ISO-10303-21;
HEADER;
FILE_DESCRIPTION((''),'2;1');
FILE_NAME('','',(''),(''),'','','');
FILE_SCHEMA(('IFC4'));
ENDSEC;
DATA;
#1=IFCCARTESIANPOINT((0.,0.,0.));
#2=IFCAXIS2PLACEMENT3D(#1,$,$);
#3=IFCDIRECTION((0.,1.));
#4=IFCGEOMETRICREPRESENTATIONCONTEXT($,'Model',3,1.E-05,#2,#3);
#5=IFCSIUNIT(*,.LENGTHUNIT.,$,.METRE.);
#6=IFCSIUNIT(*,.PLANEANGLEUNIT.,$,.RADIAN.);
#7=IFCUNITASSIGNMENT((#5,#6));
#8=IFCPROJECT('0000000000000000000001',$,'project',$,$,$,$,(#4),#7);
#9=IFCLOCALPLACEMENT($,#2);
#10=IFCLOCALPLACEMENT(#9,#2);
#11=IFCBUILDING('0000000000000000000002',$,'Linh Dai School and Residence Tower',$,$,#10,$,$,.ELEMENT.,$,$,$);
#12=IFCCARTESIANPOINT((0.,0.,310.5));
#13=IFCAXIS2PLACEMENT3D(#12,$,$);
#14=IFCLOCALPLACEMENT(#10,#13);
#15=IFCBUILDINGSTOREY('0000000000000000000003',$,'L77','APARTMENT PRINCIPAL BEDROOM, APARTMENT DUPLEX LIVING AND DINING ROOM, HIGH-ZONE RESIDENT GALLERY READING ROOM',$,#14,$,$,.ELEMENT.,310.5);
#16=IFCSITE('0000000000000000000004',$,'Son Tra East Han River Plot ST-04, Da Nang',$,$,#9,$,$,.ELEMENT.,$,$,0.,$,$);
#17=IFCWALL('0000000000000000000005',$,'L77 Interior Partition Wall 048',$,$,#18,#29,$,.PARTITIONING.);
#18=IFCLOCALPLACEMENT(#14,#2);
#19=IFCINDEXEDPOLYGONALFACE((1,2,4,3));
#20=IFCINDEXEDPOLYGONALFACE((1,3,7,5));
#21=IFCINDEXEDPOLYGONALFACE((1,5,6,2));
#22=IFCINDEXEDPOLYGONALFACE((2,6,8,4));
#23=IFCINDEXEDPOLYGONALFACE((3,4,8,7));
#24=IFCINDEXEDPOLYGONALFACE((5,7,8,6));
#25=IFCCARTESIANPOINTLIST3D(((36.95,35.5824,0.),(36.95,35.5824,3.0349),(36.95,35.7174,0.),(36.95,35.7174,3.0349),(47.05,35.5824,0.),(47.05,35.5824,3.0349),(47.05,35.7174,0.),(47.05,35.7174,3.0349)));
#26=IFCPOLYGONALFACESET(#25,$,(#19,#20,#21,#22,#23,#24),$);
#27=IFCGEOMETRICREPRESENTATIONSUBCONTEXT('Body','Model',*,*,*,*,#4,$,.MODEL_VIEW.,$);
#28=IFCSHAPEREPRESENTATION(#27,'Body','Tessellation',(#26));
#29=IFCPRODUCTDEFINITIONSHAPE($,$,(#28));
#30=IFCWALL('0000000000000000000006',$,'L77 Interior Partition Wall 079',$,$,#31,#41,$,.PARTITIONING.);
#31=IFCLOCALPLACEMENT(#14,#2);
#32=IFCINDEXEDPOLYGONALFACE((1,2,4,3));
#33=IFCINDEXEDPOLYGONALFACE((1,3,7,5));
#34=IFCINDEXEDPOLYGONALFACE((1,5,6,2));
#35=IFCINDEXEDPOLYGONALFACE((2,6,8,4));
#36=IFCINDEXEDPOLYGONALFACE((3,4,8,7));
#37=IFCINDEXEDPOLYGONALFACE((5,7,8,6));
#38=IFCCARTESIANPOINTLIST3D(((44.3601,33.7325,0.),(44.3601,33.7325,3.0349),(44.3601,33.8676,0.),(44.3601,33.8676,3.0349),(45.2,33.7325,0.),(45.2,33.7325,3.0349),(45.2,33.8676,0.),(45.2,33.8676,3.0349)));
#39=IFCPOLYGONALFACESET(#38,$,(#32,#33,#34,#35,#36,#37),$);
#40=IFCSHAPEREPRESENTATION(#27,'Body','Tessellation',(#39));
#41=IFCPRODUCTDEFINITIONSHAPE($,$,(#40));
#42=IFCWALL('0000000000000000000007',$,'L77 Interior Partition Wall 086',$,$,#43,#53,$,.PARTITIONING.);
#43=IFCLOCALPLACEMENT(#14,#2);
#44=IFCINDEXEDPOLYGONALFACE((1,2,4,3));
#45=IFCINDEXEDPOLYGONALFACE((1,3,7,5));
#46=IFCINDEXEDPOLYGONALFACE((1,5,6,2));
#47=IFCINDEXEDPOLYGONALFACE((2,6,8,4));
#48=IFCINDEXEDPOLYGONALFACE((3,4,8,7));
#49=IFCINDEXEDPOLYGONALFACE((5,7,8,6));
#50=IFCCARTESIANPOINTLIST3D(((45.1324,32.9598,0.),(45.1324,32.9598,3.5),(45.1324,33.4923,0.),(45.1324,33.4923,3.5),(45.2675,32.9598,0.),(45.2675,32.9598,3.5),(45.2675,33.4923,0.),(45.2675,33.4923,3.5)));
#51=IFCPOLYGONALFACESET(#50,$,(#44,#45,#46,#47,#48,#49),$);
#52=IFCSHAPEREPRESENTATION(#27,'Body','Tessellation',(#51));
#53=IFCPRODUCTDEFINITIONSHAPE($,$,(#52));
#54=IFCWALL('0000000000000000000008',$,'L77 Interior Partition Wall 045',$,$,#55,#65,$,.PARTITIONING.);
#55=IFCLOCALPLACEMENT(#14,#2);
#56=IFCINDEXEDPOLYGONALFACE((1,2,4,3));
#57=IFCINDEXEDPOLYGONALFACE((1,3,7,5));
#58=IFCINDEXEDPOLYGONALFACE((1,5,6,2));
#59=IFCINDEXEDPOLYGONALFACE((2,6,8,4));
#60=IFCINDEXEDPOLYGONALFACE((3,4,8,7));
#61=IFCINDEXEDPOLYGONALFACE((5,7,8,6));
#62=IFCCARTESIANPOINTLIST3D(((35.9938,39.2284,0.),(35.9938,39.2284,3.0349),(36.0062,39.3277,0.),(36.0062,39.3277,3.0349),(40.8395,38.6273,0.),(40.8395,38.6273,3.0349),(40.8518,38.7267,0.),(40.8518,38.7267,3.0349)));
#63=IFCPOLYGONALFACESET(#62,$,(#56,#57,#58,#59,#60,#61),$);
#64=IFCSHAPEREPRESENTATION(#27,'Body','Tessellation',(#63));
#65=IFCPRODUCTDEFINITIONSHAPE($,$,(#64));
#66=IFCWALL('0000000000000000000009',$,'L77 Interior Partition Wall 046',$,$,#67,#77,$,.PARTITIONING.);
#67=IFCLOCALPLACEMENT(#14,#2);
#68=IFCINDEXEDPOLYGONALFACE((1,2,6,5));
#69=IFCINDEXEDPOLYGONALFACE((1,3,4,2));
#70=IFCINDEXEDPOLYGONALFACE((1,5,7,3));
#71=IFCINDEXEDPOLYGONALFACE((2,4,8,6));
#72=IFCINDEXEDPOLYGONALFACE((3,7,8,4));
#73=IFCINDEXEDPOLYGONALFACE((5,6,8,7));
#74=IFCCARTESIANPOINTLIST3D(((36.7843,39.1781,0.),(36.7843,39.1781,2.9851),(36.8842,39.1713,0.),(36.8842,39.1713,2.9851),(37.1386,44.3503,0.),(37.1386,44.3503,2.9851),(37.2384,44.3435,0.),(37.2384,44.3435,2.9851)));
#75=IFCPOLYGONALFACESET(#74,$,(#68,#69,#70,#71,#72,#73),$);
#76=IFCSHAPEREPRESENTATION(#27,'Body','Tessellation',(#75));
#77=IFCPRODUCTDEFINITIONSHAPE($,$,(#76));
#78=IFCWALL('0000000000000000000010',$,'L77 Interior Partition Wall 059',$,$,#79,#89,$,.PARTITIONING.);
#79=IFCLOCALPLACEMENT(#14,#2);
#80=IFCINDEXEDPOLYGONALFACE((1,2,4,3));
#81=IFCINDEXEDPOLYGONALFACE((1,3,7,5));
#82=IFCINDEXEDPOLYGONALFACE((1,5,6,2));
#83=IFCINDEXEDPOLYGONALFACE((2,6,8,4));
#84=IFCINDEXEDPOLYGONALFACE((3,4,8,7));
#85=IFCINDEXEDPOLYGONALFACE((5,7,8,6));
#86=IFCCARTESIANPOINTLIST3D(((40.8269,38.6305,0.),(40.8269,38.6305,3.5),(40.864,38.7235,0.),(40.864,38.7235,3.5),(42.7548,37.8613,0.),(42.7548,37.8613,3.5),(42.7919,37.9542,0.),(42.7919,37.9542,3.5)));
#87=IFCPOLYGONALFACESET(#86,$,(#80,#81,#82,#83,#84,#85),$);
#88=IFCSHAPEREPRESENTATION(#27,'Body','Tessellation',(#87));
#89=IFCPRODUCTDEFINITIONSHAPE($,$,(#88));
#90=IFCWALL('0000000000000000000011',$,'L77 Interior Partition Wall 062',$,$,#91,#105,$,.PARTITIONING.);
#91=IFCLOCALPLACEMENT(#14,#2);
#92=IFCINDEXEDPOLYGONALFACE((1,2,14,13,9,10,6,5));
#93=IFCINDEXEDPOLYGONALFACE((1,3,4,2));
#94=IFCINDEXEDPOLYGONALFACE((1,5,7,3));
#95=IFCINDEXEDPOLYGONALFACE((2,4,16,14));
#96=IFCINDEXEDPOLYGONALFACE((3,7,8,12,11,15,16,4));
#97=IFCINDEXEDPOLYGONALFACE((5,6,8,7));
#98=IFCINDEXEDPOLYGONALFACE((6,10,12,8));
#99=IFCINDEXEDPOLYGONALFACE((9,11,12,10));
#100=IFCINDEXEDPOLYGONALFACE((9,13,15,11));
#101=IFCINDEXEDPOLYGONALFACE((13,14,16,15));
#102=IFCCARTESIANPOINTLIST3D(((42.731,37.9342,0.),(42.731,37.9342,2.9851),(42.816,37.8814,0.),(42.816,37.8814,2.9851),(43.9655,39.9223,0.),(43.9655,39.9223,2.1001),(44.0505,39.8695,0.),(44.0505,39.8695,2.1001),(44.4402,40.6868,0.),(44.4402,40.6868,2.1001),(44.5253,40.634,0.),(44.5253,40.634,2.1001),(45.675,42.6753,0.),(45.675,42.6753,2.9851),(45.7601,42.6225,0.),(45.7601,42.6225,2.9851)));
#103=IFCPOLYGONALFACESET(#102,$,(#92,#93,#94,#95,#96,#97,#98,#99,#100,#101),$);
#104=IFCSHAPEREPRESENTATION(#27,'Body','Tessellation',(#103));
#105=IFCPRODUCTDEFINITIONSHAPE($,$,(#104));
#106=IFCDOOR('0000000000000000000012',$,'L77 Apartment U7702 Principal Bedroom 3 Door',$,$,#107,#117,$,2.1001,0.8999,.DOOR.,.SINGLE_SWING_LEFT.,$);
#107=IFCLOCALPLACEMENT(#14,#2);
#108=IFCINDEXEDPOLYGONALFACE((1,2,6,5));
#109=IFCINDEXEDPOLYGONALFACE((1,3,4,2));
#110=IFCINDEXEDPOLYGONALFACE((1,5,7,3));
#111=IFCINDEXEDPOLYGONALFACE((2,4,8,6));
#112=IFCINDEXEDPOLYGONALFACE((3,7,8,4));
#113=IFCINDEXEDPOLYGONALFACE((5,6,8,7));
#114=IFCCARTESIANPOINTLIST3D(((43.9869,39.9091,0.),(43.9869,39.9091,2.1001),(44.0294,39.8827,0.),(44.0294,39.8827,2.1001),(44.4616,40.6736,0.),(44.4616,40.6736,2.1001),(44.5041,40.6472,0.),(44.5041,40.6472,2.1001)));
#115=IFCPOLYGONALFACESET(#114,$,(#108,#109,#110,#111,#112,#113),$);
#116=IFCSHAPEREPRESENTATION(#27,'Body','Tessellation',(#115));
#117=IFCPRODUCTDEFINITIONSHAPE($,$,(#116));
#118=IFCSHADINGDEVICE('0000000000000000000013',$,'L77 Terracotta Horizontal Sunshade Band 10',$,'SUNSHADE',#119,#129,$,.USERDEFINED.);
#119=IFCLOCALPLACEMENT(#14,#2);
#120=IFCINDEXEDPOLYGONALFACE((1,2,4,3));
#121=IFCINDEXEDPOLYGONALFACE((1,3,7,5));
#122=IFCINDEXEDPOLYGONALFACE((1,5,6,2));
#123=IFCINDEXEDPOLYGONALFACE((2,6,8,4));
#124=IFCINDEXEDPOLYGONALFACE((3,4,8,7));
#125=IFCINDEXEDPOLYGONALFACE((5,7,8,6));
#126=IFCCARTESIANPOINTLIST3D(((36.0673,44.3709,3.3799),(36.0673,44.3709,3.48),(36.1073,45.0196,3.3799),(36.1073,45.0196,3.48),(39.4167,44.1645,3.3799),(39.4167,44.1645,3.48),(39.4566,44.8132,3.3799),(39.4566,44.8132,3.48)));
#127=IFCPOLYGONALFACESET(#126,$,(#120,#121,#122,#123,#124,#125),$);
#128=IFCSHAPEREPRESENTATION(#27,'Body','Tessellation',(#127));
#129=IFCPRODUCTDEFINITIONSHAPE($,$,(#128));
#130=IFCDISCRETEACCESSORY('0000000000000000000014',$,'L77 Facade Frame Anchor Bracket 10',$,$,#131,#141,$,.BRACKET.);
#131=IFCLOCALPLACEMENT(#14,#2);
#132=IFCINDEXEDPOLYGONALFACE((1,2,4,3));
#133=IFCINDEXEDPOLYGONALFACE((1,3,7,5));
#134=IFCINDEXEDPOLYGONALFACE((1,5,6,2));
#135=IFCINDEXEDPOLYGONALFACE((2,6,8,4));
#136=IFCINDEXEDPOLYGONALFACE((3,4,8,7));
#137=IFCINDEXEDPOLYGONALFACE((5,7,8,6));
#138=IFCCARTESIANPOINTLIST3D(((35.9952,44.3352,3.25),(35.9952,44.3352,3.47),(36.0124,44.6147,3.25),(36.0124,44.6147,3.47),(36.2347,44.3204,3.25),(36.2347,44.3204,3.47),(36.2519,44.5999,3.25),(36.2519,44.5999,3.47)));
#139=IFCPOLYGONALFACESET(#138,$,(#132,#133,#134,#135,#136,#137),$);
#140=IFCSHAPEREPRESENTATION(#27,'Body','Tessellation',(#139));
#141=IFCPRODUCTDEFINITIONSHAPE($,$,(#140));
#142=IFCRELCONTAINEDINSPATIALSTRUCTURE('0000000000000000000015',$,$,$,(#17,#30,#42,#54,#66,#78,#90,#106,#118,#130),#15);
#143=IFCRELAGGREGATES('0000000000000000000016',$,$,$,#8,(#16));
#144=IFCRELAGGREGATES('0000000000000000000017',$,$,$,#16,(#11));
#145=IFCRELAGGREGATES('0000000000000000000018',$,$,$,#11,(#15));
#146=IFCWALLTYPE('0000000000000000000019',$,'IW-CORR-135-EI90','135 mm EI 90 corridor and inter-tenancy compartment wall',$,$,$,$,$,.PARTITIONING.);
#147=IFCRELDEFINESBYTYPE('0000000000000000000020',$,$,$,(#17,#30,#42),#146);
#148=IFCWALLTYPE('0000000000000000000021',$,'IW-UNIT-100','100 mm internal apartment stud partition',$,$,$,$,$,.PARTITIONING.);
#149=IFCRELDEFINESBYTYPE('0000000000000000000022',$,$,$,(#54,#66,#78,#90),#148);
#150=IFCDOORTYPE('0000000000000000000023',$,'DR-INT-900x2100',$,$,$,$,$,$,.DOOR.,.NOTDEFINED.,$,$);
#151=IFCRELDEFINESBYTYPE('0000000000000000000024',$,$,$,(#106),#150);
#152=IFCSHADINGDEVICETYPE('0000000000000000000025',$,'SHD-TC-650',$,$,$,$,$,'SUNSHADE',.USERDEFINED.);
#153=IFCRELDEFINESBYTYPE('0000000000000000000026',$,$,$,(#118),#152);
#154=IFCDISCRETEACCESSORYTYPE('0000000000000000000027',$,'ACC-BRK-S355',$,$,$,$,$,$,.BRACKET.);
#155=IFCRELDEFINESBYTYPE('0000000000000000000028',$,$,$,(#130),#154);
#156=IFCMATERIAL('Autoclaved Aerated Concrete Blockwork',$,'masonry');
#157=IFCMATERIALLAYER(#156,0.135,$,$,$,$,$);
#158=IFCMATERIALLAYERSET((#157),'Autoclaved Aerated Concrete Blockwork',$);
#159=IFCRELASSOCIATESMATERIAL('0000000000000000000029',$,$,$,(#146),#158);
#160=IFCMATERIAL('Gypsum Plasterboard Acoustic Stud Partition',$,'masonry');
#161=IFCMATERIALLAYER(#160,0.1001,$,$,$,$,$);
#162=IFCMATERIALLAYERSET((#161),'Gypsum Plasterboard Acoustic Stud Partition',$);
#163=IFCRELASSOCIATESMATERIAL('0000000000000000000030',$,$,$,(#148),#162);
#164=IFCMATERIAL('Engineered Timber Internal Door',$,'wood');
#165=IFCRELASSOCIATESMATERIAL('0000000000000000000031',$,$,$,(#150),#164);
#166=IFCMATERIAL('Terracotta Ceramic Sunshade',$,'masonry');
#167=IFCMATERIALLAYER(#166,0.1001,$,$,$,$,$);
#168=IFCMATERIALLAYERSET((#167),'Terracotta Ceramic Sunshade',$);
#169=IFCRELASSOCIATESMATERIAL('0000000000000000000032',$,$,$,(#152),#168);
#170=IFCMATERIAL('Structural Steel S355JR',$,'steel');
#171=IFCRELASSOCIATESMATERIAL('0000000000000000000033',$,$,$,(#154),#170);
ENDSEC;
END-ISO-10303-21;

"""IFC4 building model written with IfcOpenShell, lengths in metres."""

from ifc_helpers import new_model, si_unit, direction, frame, frame_2d, origin, origin_2d, place, context, subcontext, project, spatial, rectangle, extrude, source, transform, mapped, material, layer, layer_set, type_object, element, fill, save


model = new_model("IFC4")

# Units and contexts
model_context = context("Model", 3, precision=1e-05, world=origin(), true_north=direction((0.0, 1.0)))
body_context = subcontext(model_context, "Body", "Model", "MODEL_VIEW")
ifc_project = project(units=[si_unit("LENGTHUNIT", "METRE"), si_unit("PLANEANGLEUNIT", "RADIAN")], contexts=[model_context])

# Site, building, storey
site_placement = place(None, origin())
site = spatial("IfcSite", under=ifc_project, at=site_placement, Name="Son Tra East Han River Plot ST-04, Da Nang", CompositionType="ELEMENT", RefElevation=0.0)
building_placement = place(site_placement, origin())
building = spatial("IfcBuilding", under=site, at=building_placement, Name="Linh Dai School and Residence Tower", CompositionType="ELEMENT")
storey_placement = place(building_placement, frame((0.0, 0.0, 310.5)))
storey = spatial("IfcBuildingStorey", under=building, at=storey_placement, Name="L77", Description="APARTMENT PRINCIPAL BEDROOM, APARTMENT DUPLEX LIVING AND DINING ROOM, HIGH-ZONE RESIDENT GALLERY READING ROOM", CompositionType="ELEMENT", Elevation=310.5)

# Shared definitions
ifc_material_1 = material(Name="Structural Steel S355JR", Category="steel")

# Walls
ifc_material_2 = material(Name="Autoclaved Aerated Concrete Blockwork", Category="masonry")
ifc_layer_1 = layer(ifc_material_2, 0.135)
ifc_layer_set_1 = layer_set([ifc_layer_1], Name="Autoclaved Aerated Concrete Blockwork")
wall_type_1 = type_object("IfcWallType", Name="IW-CORR-135-EI90", Description="135 mm EI 90 corridor and inter-tenancy compartment wall", PredefinedType="PARTITIONING", material=ifc_layer_set_1)
wall_1_placement = place(storey_placement, frame((36.95, 35.6499, 0.0), z_axis=(0.0, 0.0, 1.0), x_axis=(1.0, 0.0, 0.0)))
element("IfcWall", 1, at=wall_1_placement, inside=storey, type_object=wall_type_1, Name="L77 Interior Partition Wall 048", PredefinedType="PARTITIONING", context=body_context, shape_type="SweptSolid", body=[
    extrude(rectangle(XDim=10.1001, YDim=0.135, at=frame_2d((5.05, 0.0))), origin(), (0.0, 0.0, 1.0), 3.0349),
])
wall_2_placement = place(storey_placement, frame((45.2, 33.8, 0.0), z_axis=(0.0, 0.0, 1.0), x_axis=(-1.0, 0.0, 0.0)))
element("IfcWall", 2, at=wall_2_placement, inside=storey, type_object=wall_type_1, Name="L77 Interior Partition Wall 079", PredefinedType="PARTITIONING", context=body_context, shape_type="SweptSolid", body=[
    extrude(rectangle(XDim=0.8398, YDim=0.135, at=frame_2d((0.4199, 0.0))), origin(), (0.0, 0.0, 1.0), 3.0349),
])
wall_3_placement = place(storey_placement, frame((45.2, 32.96, 0.0), z_axis=(0.0, 0.0, 1.0), x_axis=(0.0, 1.0, 0.0)))
element("IfcWall", 3, at=wall_3_placement, inside=storey, type_object=wall_type_1, Name="L77 Interior Partition Wall 086", PredefinedType="PARTITIONING", context=body_context, shape_type="SweptSolid", body=[
    extrude(rectangle(XDim=0.5325, YDim=0.135, at=frame_2d((0.2661, 0.0))), origin(), (0.0, 0.0, 1.0), 3.5),
])
ifc_material_3 = material(Name="Gypsum Plasterboard Acoustic Stud Partition", Category="masonry")
ifc_layer_2 = layer(ifc_material_3, 0.1001)
ifc_layer_set_2 = layer_set([ifc_layer_2], Name="Gypsum Plasterboard Acoustic Stud Partition")
wall_type_2 = type_object("IfcWallType", Name="IW-UNIT-100", Description="100 mm internal apartment stud partition", PredefinedType="PARTITIONING", material=ifc_layer_set_2)
wall_4_placement = place(storey_placement, frame((36.0, 39.2781, 0.0), z_axis=(0.0, 0.0, 1.0), x_axis=(0.992394, -0.123099, 0.0)))
element("IfcWall", 4, at=wall_4_placement, inside=storey, type_object=wall_type_2, Name="L77 Interior Partition Wall 045", PredefinedType="PARTITIONING", context=body_context, shape_type="SweptSolid", body=[
    extrude(rectangle(XDim=4.8828, YDim=0.1001, at=frame_2d((2.4414, 0.0))), origin(), (0.0, 0.0, 1.0), 3.0349),
])
wall_5_placement = place(storey_placement, frame((36.8342, 39.1746, 0.0), z_axis=(0.0, 0.0, 1.0), x_axis=(0.068332, 0.997663, 0.0)))
element("IfcWall", 5, at=wall_5_placement, inside=storey, type_object=wall_type_2, Name="L77 Interior Partition Wall 046", PredefinedType="PARTITIONING", context=body_context, shape_type="SweptSolid", body=[
    extrude(rectangle(XDim=5.1843, YDim=0.1001, at=frame_2d((2.5923, 0.0))), origin(), (0.0, 0.0, 1.0), 2.9851),
])
wall_6_placement = place(storey_placement, frame((40.8455, 38.677, 0.0), z_axis=(0.0, 0.0, 1.0), x_axis=(0.928793, -0.3706, 0.0)))
element("IfcWall", 6, at=wall_6_placement, inside=storey, type_object=wall_type_2, Name="L77 Interior Partition Wall 059", PredefinedType="PARTITIONING", context=body_context, shape_type="SweptSolid", body=[
    extrude(rectangle(XDim=2.0757, YDim=0.1001, at=frame_2d((1.0378, 0.0))), origin(), (0.0, 0.0, 1.0), 3.5),
])

# Wall, opening, door
wall_7_placement = place(storey_placement, frame((42.7734, 37.9077, 0.0), z_axis=(0.0, 0.0, 1.0), x_axis=(0.527527, 0.849538, 0.0)))
wall_7 = element("IfcWall", 7, at=wall_7_placement, inside=storey, type_object=wall_type_2, Name="L77 Interior Partition Wall 062", PredefinedType="PARTITIONING", context=body_context, shape_type="SweptSolid", body=[
    extrude(rectangle(XDim=5.5808, YDim=0.1001, at=frame_2d((2.7905, 0.0))), origin(), (0.0, 0.0, 1.0), 2.9851),
])
opening_1_placement = place(wall_7_placement, frame((2.3403, 0.0, 0.0)))
opening_1 = element("IfcOpeningElement", 8, at=opening_1_placement, cuts=wall_7, PredefinedType="OPENING", context=body_context, shape_type="SweptSolid", body=[
    extrude(rectangle(XDim=0.8999, YDim=2.1001, at=origin_2d()), frame((0.45, 0.0601, 1.05), z_axis=(0.0, -1.0, 0.0), x_axis=(1.0, 0.0, 0.0)), (0.0, 0.0, 1.0), 0.1201),
])
ifc_material_4 = material(Name="Engineered Timber Internal Door", Category="wood")
door_type = type_object("IfcDoorType", Name="DR-INT-900x2100", OperationType="NOTDEFINED", PredefinedType="DOOR", material=ifc_material_4)
shared_shape_1 = source(origin(), body_context, "Body", "SweptSolid", [
    extrude(rectangle(XDim=0.8999, YDim=2.1001, at=origin_2d()), frame((0.45, 0.0249, 1.05), z_axis=(0.0, -1.0, 0.0), x_axis=(1.0, 0.0, 0.0)), (0.0, 0.0, 1.0), 0.05),
])
door_placement = place(opening_1_placement, origin())
door = element("IfcDoor", 9, at=door_placement, inside=storey, type_object=door_type, Name="L77 Apartment U7702 Principal Bedroom 3 Door", OperationType="SINGLE_SWING_LEFT", OverallHeight=2.1001, OverallWidth=0.8999, PredefinedType="DOOR", context=body_context, shape_type="MappedRepresentation", body=[
    mapped(shared_shape_1, transform((0.0, 0.0, 0.0), x_axis=(1.0, 0.0, 0.0), y_axis=(0.0, 1.0, 0.0), z_axis=(0.0, 0.0, 1.0), scale=1.0)),
])
fill(opening_1, door)

# Shading device
ifc_material_5 = material(Name="Terracotta Ceramic Sunshade", Category="masonry")
ifc_layer_3 = layer(ifc_material_5, 0.1001)
ifc_layer_set_3 = layer_set([ifc_layer_3], Name="Terracotta Ceramic Sunshade")
shading_device_type = type_object("IfcShadingDeviceType", Name="SHD-TC-650", ElementType="SUNSHADE", PredefinedType="USERDEFINED", material=ifc_layer_set_3)
shared_shape_2 = source(origin(), body_context, "Body", "SweptSolid", [
    extrude(rectangle(XDim=3.3557, YDim=0.6499, at=origin_2d()), origin(), (0.0, 0.0, 1.0), 0.1001),
])
shading_device_placement = place(storey_placement, frame((37.762, 44.592, 3.3799), z_axis=(0.0, 0.0, 1.0), x_axis=(0.998106, -0.06151, 0.0)))
element("IfcShadingDevice", 10, at=shading_device_placement, inside=storey, type_object=shading_device_type, Name="L77 Terracotta Horizontal Sunshade Band 10", ObjectType="SUNSHADE", PredefinedType="USERDEFINED", context=body_context, shape_type="MappedRepresentation", body=[
    mapped(shared_shape_2, transform((0.0, 0.0, 0.0), x_axis=(1.0, 0.0, 0.0), y_axis=(0.0, 1.0, 0.0), z_axis=(0.0, 0.0, 1.0), scale=1.0)),
])

# Discrete accessory
discrete_accessory_type = type_object("IfcDiscreteAccessoryType", Name="ACC-BRK-S355", PredefinedType="BRACKET", material=ifc_material_1)
shared_shape_3 = source(origin(), body_context, "Body", "SweptSolid", [
    extrude(rectangle(XDim=0.28, YDim=0.24, at=origin_2d()), origin(), (0.0, 0.0, 1.0), 0.22),
])
discrete_accessory_placement = place(storey_placement, frame((36.1235, 44.4675, 3.25), z_axis=(0.0, 0.0, 1.0), x_axis=(0.06151, 0.998106, 0.0)))
element("IfcDiscreteAccessory", 11, at=discrete_accessory_placement, inside=storey, type_object=discrete_accessory_type, Name="L77 Facade Frame Anchor Bracket 10", PredefinedType="BRACKET", context=body_context, shape_type="MappedRepresentation", body=[
    mapped(shared_shape_3, transform((0.0, 0.0, 0.0), x_axis=(1.0, 0.0, 0.0), y_axis=(0.0, 1.0, 0.0), z_axis=(0.0, 0.0, 1.0), scale=1.0)),
])

save(model, "model.ifc")
